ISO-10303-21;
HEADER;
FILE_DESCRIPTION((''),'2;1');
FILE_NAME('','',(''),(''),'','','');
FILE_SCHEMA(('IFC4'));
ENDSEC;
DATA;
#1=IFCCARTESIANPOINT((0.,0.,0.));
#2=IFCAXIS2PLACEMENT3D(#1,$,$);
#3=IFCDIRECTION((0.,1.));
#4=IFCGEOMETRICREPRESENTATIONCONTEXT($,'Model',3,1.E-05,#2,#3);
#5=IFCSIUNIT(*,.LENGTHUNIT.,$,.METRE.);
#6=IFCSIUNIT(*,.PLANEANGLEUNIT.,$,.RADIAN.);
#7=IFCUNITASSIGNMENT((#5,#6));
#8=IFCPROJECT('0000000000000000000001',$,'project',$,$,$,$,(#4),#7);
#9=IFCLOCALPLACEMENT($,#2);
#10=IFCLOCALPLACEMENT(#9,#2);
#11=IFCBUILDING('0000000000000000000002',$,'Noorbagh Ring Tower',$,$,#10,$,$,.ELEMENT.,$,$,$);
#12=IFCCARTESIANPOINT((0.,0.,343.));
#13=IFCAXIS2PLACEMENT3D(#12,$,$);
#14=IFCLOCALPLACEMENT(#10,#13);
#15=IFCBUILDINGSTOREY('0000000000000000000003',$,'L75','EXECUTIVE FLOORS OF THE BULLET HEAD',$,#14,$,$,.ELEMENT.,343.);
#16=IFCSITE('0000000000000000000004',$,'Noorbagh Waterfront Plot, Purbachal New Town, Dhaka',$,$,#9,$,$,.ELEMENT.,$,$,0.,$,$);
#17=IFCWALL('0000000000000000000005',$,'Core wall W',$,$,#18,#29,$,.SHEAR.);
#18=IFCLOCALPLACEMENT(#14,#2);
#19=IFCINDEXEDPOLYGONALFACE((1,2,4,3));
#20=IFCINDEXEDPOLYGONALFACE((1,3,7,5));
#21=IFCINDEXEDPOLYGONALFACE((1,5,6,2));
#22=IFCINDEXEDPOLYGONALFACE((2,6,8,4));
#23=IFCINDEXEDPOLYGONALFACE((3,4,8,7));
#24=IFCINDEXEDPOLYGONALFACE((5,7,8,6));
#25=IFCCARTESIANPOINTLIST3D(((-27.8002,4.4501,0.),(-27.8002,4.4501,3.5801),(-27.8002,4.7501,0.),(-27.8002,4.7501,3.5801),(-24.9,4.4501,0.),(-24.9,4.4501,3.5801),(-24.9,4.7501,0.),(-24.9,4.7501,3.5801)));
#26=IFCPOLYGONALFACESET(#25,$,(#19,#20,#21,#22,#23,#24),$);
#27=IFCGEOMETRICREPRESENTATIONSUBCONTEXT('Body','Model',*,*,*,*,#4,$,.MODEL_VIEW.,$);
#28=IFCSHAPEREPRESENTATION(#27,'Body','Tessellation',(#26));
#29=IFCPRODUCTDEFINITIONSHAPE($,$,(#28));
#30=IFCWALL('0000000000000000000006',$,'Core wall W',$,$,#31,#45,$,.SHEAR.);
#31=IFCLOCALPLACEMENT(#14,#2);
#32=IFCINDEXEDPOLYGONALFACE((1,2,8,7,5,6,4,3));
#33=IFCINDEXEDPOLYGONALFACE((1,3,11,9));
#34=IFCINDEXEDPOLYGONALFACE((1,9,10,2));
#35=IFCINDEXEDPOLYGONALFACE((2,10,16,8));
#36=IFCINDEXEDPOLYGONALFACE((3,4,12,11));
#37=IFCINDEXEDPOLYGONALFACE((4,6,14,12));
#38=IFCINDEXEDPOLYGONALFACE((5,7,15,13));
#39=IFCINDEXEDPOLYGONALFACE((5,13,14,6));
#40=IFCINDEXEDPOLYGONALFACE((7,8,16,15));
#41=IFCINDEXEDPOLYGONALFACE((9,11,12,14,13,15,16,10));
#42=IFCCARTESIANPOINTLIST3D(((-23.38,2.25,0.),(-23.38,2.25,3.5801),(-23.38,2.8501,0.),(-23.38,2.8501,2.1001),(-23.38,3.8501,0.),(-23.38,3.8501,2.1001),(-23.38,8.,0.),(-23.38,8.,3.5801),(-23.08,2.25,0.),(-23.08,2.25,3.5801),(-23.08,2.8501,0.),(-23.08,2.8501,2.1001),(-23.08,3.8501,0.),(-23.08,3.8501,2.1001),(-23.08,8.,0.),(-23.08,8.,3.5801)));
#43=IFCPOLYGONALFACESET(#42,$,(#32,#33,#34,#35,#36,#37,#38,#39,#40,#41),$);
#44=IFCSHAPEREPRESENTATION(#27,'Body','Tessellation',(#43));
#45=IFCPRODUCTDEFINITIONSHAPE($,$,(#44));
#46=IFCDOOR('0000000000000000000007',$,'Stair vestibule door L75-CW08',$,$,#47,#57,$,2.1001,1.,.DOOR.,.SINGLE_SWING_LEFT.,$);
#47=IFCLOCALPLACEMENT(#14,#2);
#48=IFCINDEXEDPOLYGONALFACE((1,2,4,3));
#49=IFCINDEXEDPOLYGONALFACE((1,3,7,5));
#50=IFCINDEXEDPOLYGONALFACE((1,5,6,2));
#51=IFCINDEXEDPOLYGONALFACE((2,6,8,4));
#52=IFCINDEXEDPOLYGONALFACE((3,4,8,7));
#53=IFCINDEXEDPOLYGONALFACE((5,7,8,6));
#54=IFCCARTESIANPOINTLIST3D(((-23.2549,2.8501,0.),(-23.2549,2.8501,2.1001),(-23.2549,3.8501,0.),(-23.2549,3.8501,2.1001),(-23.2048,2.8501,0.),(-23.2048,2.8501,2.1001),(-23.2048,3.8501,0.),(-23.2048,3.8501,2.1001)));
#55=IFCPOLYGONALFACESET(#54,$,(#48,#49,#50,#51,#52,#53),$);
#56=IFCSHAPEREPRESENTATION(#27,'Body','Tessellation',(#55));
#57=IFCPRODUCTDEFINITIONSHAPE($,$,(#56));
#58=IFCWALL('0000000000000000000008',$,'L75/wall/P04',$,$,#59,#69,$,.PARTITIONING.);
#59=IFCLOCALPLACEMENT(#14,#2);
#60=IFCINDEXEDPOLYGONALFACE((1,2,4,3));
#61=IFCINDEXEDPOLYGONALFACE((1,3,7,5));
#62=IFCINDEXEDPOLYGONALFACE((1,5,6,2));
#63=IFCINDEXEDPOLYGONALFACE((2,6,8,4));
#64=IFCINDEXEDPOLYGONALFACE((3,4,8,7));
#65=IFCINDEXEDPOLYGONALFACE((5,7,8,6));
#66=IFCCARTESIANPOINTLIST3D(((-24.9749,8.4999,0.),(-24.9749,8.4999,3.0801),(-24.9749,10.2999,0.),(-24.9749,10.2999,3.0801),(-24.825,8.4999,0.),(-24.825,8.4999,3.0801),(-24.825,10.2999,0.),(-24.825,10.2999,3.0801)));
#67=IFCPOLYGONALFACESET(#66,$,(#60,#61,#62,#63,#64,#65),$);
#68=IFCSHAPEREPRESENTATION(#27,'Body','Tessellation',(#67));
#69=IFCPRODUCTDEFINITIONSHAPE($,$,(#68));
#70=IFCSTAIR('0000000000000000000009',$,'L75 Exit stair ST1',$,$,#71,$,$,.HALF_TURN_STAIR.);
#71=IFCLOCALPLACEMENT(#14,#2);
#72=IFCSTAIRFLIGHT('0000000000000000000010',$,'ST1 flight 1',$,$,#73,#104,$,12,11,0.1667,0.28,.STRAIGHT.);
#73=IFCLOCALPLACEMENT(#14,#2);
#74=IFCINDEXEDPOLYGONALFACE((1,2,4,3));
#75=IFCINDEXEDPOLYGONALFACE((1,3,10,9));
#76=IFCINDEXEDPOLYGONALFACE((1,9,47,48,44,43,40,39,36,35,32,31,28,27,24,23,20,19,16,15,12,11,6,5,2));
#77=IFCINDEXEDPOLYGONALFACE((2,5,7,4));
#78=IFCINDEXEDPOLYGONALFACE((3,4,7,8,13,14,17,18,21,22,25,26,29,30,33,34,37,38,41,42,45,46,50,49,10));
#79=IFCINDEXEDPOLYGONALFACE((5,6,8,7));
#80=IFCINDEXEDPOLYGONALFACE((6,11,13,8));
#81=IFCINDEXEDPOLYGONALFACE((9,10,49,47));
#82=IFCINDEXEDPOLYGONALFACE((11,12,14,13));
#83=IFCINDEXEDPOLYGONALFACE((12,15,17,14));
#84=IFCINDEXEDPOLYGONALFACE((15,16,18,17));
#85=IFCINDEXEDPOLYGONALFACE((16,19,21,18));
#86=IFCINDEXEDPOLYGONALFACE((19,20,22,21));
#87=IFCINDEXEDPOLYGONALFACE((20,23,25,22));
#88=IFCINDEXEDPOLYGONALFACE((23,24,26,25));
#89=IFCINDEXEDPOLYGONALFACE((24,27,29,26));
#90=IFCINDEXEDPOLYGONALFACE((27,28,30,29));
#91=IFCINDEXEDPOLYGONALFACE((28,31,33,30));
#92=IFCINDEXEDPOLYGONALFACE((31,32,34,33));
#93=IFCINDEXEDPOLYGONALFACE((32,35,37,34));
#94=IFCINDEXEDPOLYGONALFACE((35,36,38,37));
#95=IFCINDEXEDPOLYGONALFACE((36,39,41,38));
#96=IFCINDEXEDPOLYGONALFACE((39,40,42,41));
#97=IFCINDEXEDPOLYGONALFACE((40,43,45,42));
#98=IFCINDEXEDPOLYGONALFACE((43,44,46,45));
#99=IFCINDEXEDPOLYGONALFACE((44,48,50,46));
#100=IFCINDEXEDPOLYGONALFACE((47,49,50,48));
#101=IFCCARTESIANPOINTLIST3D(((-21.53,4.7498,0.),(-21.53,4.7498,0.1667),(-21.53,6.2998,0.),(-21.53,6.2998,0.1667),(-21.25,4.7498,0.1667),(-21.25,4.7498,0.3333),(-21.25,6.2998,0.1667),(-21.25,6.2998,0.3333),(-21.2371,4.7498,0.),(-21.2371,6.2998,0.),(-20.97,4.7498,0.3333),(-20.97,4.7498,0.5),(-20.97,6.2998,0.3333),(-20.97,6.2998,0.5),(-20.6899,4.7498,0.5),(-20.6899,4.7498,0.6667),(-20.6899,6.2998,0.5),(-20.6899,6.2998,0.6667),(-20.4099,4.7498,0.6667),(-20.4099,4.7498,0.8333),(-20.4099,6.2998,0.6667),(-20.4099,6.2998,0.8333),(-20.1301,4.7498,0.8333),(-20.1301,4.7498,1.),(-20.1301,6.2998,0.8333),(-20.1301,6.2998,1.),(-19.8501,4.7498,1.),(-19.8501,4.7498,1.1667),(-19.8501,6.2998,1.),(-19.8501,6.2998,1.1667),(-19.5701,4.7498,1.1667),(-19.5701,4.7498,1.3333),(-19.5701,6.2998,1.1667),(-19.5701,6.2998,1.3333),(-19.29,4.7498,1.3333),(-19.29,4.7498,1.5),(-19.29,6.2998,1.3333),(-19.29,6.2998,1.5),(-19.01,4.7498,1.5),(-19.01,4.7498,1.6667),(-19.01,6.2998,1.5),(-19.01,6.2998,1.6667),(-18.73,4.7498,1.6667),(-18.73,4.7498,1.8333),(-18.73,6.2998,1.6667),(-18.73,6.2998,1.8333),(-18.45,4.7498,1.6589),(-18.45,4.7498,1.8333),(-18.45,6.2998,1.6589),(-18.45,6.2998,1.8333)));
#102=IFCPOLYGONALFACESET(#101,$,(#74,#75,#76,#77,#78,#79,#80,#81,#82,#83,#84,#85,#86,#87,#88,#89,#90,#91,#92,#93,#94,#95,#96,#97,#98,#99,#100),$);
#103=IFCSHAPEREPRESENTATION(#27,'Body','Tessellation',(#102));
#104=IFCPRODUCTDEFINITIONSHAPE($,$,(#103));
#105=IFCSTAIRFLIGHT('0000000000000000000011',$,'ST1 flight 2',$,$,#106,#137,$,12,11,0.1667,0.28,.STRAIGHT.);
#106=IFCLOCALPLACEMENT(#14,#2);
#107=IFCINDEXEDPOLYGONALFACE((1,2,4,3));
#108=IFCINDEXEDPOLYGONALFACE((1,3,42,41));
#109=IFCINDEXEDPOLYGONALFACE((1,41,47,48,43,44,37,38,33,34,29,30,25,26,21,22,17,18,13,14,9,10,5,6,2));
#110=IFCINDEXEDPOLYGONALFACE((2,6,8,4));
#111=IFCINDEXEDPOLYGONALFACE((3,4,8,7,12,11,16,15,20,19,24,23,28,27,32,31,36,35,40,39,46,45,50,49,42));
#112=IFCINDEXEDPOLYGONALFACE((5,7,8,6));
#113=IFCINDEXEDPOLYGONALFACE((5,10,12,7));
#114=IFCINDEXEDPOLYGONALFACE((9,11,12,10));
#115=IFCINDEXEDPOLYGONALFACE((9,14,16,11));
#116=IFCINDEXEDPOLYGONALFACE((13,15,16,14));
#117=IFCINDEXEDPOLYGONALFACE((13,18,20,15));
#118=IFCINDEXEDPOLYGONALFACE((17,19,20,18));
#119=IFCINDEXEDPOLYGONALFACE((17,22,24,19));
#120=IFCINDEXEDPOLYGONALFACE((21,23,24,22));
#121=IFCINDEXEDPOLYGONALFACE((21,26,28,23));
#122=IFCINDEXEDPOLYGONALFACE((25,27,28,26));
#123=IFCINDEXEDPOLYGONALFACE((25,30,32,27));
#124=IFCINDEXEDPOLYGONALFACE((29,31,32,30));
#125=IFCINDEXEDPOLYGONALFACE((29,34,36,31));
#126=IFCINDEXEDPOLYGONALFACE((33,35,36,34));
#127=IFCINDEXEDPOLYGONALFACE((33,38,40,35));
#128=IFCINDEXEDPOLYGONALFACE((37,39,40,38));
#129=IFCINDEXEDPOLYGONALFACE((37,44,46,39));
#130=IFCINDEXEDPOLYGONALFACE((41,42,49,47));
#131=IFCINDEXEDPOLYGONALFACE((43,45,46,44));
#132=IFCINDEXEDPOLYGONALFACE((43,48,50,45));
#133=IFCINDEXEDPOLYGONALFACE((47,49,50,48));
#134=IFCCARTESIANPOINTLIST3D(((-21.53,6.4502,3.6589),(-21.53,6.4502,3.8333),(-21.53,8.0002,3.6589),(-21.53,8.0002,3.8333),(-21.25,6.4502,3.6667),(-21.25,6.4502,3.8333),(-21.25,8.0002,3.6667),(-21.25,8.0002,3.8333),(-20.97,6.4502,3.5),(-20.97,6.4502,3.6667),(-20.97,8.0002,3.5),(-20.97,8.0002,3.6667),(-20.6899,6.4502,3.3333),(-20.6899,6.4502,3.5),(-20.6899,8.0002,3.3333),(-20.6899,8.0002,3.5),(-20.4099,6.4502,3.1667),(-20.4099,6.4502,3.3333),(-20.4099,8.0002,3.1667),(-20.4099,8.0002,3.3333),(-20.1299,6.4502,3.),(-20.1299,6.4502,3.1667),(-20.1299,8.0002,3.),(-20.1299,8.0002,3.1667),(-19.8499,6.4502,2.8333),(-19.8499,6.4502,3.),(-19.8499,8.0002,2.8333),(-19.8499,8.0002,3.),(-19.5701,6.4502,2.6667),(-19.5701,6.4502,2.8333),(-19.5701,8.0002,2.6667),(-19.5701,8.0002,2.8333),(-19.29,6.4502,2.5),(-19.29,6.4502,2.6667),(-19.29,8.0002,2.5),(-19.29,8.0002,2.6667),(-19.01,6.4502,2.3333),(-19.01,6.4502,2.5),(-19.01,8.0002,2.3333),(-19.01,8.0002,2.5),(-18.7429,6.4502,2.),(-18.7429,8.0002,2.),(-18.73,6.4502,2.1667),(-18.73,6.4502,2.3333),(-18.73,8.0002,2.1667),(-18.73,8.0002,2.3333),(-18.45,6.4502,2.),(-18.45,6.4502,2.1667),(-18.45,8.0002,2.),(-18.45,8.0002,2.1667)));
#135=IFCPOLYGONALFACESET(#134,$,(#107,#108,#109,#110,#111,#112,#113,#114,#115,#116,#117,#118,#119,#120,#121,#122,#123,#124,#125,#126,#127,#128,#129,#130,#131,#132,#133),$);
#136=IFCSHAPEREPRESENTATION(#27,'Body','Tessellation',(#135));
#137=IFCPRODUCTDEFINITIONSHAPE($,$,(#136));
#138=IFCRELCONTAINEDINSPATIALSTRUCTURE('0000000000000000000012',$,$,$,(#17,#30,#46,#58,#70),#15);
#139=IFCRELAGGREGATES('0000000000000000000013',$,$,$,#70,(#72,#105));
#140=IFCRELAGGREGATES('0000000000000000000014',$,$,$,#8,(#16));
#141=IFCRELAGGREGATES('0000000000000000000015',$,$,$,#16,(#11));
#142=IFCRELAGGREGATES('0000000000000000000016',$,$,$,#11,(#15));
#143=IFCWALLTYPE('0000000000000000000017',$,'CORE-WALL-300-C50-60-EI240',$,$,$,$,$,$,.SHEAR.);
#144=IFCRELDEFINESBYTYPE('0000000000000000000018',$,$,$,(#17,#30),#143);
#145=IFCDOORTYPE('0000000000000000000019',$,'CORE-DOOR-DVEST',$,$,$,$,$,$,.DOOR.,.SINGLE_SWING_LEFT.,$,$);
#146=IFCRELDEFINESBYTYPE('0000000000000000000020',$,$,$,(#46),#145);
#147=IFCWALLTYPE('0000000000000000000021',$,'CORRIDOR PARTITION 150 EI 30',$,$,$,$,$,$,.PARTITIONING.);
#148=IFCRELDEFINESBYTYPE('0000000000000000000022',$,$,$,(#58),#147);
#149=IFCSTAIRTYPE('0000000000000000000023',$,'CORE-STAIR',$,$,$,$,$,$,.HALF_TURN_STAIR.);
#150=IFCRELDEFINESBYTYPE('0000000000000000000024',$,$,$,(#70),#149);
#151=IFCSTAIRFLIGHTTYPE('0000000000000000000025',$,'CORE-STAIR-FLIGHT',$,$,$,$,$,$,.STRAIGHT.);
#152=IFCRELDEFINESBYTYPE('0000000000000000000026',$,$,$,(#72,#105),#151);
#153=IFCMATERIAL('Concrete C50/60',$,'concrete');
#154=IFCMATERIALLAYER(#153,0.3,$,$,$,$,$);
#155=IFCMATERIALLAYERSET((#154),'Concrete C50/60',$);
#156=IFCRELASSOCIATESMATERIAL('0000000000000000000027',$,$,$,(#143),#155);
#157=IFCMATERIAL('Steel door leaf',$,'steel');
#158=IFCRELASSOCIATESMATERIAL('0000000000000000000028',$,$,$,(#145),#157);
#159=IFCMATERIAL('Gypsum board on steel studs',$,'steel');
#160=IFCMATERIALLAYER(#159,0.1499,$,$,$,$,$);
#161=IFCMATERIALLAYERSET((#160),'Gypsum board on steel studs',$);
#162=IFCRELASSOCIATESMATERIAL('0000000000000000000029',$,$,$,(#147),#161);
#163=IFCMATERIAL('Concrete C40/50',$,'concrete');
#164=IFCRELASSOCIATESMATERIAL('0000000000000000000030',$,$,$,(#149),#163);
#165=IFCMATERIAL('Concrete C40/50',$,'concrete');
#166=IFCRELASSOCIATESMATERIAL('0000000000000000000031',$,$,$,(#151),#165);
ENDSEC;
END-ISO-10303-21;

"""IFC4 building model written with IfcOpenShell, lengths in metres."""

from ifc_helpers import new_model, si_unit, direction, frame, frame_2d, origin, place, context, subcontext, project, spatial, polyline, rectangle, outline, extrude, material, layer, layer_set, type_object, element, fill, aggregate, save


model = new_model("IFC4")

# Units and contexts
model_context = context("Model", 3, precision=1e-05, world=origin(), true_north=direction((0.0, 1.0)))
body_context = subcontext(model_context, "Body", "Model", "MODEL_VIEW")
ifc_project = project(units=[si_unit("LENGTHUNIT", "METRE"), si_unit("PLANEANGLEUNIT", "RADIAN")], contexts=[model_context])

# Site, building, storey
site_placement = place(None, origin())
site = spatial("IfcSite", under=ifc_project, at=site_placement, Name="Noorbagh Waterfront Plot, Purbachal New Town, Dhaka", CompositionType="ELEMENT", RefElevation=0.0)
building_placement = place(site_placement, origin())
building = spatial("IfcBuilding", under=site, at=building_placement, Name="Noorbagh Ring Tower", CompositionType="ELEMENT")
storey_placement = place(building_placement, frame((0.0, 0.0, 343.0)))
storey = spatial("IfcBuildingStorey", under=building, at=storey_placement, Name="L75", Description="EXECUTIVE FLOORS OF THE BULLET HEAD", CompositionType="ELEMENT", Elevation=343.0)

# Wall
ifc_material_1 = material(Name="Concrete C50/60", Category="concrete")
ifc_layer_1 = layer(ifc_material_1, 0.3)
ifc_layer_set_1 = layer_set([ifc_layer_1], Name="Concrete C50/60")
wall_type_1 = type_object("IfcWallType", Name="CORE-WALL-300-C50-60-EI240", PredefinedType="SHEAR", material=ifc_layer_set_1)
wall_1_placement = place(storey_placement, frame((-24.8999, 4.6001, 0.0), z_axis=(0.0, 0.0, 1.0), x_axis=(-1.0, 0.0, 0.0)))
element("IfcWall", 1, at=wall_1_placement, inside=storey, type_object=wall_type_1, Name="Core wall W", PredefinedType="SHEAR", context=body_context, shape_type="SweptSolid", body=[
    extrude(rectangle(XDim=2.9001, YDim=0.3, at=frame_2d((1.4502, 0.0))), origin(), (0.0, 0.0, 1.0), 3.5801),
])

# Wall, opening, door
wall_2_placement = place(storey_placement, frame((-23.23, 2.25, 0.0), z_axis=(0.0, 0.0, 1.0), x_axis=(0.0, 1.0, 0.0)))
wall_2 = element("IfcWall", 2, at=wall_2_placement, inside=storey, type_object=wall_type_1, Name="Core wall W", PredefinedType="SHEAR", context=body_context, shape_type="SweptSolid", body=[
    extrude(rectangle(XDim=5.75, YDim=0.3, at=frame_2d((2.875, 0.0))), origin(), (0.0, 0.0, 1.0), 3.5801),
])
opening_1_placement = place(wall_2_placement, frame((0.6001, 0.0, 0.0)))
opening_1 = element("IfcOpeningElement", 3, at=opening_1_placement, cuts=wall_2, PredefinedType="OPENING", context=body_context, shape_type="SweptSolid", body=[
    extrude(rectangle(XDim=1.0, YDim=2.1001, at=frame_2d((0.5, 1.05))), frame((0.0, 0.1602, 0.0), z_axis=(0.0, -1.0, 0.0), x_axis=(1.0, 0.0, 0.0)), (0.0, 0.0, 1.0), 0.3201),
])
ifc_material_2 = material(Name="Steel door leaf", Category="steel")
door_type_1 = type_object("IfcDoorType", Name="CORE-DOOR-DVEST", OperationType="SINGLE_SWING_LEFT", PredefinedType="DOOR", material=ifc_material_2)
door_1_placement = place(opening_1_placement, origin())
door_1 = element("IfcDoor", 4, at=door_1_placement, inside=storey, type_object=door_type_1, Name="Stair vestibule door L75-CW08", OperationType="SINGLE_SWING_LEFT", OverallHeight=2.1001, OverallWidth=1.0, PredefinedType="DOOR", context=body_context, shape_type="SweptSolid", body=[
    extrude(rectangle(XDim=1.0, YDim=2.1001, at=frame_2d((0.5, 1.05))), frame((0.0, 0.0249, 0.0), z_axis=(0.0, -1.0, 0.0), x_axis=(1.0, 0.0, 0.0)), (0.0, 0.0, 1.0), 0.05),
])
fill(opening_1, door_1)

# Wall
ifc_material_3 = material(Name="Gypsum board on steel studs", Category="steel")
ifc_layer_2 = layer(ifc_material_3, 0.1499)
ifc_layer_set_2 = layer_set([ifc_layer_2], Name="Gypsum board on steel studs")
wall_type_2 = type_object("IfcWallType", Name="CORRIDOR PARTITION 150 EI 30", PredefinedType="PARTITIONING", material=ifc_layer_set_2)
wall_3_placement = place(storey_placement, frame((-24.8999, 8.5, 0.0), z_axis=(0.0, 0.0, 1.0), x_axis=(0.0, 1.0, 0.0)))
element("IfcWall", 5, at=wall_3_placement, inside=storey, type_object=wall_type_2, Name="L75/wall/P04", PredefinedType="PARTITIONING", context=body_context, shape_type="SweptSolid", body=[
    extrude(rectangle(XDim=1.8, YDim=0.1499, at=frame_2d((0.8999, 0.0))), origin(), (0.0, 0.0, 1.0), 3.0801),
])

# Stair, stair flights
ifc_material_4 = material(Name="Concrete C40/50", Category="concrete")
stair_type = type_object("IfcStairType", Name="CORE-STAIR", PredefinedType="HALF_TURN_STAIR", material=ifc_material_4)
stair_placement = place(storey_placement, origin())
stair = element("IfcStair", 6, at=stair_placement, inside=storey, type_object=stair_type, Name="L75 Exit stair ST1", PredefinedType="HALF_TURN_STAIR")
ifc_material_5 = material(Name="Concrete C40/50", Category="concrete")
stair_flight_type = type_object("IfcStairFlightType", Name="CORE-STAIR-FLIGHT", PredefinedType="STRAIGHT", material=ifc_material_5)
stair_flight_1_placement = place(storey_placement, frame((-21.53, 5.5249, 0.0), z_axis=(0.0, 0.0, 1.0), x_axis=(1.0, 0.0, 0.0)))
stair_flight_1 = element("IfcStairFlight", 7, at=stair_flight_1_placement, type_object=stair_flight_type, Name="ST1 flight 1", NumberOfRisers=12, NumberOfTreads=11, PredefinedType="STRAIGHT", RiserHeight=0.1667, TreadLength=0.28, context=body_context, shape_type="SweptSolid", body=[
    extrude(outline(polyline([(0.0, 0.0), (0.0, 0.1667), (0.28, 0.1667), (0.28, 0.3333), (0.5601, 0.3333), (0.5601, 0.5), (0.8401, 0.5), (0.8401, 0.6667), (1.1201, 0.6667), (1.1201, 0.8333), (1.3999, 0.8333), (1.3999, 1.0), (1.6799, 1.0), (1.6799, 1.1667), (1.96, 1.1667), (1.96, 1.3333), (2.24, 1.3333), (2.24, 1.5), (2.52, 1.5), (2.52, 1.6667), (2.8, 1.6667), (2.8, 1.8333), (3.0801, 1.8333), (3.0801, 2.0), (3.0801, 1.6589), (0.293, 0.0), (0.0, 0.0)])), frame((0.0, 0.7749, 0.0), z_axis=(0.0, -1.0, 0.0), x_axis=(1.0, 0.0, 0.0)), (0.0, 0.0, 1.0), 1.55),
])
stair_flight_2_placement = place(storey_placement, frame((-18.45, 7.2251, 2.0), z_axis=(0.0, 0.0, 1.0), x_axis=(-1.0, 0.0, 0.0)))
stair_flight_2 = element("IfcStairFlight", 8, at=stair_flight_2_placement, type_object=stair_flight_type, Name="ST1 flight 2", NumberOfRisers=12, NumberOfTreads=11, PredefinedType="STRAIGHT", RiserHeight=0.1667, TreadLength=0.28, context=body_context, shape_type="SweptSolid", body=[
    extrude(outline(polyline([(0.0, 0.0), (0.0, 0.1667), (0.28, 0.1667), (0.28, 0.3333), (0.5601, 0.3333), (0.5601, 0.5), (0.8401, 0.5), (0.8401, 0.6667), (1.1201, 0.6667), (1.1201, 0.8333), (1.3999, 0.8333), (1.3999, 1.0), (1.6799, 1.0), (1.6799, 1.1667), (1.96, 1.1667), (1.96, 1.3333), (2.24, 1.3333), (2.24, 1.5), (2.52, 1.5), (2.52, 1.6667), (2.8, 1.6667), (2.8, 1.8333), (3.0801, 1.8333), (3.0801, 2.0), (3.0801, 1.6589), (0.293, 0.0), (0.0, 0.0)])), frame((0.0, 0.7749, 0.0), z_axis=(0.0, -1.0, 0.0), x_axis=(1.0, 0.0, 0.0)), (0.0, 0.0, 1.0), 1.55),
])
aggregate(stair, [stair_flight_1, stair_flight_2])

save(model, "model.ifc")
